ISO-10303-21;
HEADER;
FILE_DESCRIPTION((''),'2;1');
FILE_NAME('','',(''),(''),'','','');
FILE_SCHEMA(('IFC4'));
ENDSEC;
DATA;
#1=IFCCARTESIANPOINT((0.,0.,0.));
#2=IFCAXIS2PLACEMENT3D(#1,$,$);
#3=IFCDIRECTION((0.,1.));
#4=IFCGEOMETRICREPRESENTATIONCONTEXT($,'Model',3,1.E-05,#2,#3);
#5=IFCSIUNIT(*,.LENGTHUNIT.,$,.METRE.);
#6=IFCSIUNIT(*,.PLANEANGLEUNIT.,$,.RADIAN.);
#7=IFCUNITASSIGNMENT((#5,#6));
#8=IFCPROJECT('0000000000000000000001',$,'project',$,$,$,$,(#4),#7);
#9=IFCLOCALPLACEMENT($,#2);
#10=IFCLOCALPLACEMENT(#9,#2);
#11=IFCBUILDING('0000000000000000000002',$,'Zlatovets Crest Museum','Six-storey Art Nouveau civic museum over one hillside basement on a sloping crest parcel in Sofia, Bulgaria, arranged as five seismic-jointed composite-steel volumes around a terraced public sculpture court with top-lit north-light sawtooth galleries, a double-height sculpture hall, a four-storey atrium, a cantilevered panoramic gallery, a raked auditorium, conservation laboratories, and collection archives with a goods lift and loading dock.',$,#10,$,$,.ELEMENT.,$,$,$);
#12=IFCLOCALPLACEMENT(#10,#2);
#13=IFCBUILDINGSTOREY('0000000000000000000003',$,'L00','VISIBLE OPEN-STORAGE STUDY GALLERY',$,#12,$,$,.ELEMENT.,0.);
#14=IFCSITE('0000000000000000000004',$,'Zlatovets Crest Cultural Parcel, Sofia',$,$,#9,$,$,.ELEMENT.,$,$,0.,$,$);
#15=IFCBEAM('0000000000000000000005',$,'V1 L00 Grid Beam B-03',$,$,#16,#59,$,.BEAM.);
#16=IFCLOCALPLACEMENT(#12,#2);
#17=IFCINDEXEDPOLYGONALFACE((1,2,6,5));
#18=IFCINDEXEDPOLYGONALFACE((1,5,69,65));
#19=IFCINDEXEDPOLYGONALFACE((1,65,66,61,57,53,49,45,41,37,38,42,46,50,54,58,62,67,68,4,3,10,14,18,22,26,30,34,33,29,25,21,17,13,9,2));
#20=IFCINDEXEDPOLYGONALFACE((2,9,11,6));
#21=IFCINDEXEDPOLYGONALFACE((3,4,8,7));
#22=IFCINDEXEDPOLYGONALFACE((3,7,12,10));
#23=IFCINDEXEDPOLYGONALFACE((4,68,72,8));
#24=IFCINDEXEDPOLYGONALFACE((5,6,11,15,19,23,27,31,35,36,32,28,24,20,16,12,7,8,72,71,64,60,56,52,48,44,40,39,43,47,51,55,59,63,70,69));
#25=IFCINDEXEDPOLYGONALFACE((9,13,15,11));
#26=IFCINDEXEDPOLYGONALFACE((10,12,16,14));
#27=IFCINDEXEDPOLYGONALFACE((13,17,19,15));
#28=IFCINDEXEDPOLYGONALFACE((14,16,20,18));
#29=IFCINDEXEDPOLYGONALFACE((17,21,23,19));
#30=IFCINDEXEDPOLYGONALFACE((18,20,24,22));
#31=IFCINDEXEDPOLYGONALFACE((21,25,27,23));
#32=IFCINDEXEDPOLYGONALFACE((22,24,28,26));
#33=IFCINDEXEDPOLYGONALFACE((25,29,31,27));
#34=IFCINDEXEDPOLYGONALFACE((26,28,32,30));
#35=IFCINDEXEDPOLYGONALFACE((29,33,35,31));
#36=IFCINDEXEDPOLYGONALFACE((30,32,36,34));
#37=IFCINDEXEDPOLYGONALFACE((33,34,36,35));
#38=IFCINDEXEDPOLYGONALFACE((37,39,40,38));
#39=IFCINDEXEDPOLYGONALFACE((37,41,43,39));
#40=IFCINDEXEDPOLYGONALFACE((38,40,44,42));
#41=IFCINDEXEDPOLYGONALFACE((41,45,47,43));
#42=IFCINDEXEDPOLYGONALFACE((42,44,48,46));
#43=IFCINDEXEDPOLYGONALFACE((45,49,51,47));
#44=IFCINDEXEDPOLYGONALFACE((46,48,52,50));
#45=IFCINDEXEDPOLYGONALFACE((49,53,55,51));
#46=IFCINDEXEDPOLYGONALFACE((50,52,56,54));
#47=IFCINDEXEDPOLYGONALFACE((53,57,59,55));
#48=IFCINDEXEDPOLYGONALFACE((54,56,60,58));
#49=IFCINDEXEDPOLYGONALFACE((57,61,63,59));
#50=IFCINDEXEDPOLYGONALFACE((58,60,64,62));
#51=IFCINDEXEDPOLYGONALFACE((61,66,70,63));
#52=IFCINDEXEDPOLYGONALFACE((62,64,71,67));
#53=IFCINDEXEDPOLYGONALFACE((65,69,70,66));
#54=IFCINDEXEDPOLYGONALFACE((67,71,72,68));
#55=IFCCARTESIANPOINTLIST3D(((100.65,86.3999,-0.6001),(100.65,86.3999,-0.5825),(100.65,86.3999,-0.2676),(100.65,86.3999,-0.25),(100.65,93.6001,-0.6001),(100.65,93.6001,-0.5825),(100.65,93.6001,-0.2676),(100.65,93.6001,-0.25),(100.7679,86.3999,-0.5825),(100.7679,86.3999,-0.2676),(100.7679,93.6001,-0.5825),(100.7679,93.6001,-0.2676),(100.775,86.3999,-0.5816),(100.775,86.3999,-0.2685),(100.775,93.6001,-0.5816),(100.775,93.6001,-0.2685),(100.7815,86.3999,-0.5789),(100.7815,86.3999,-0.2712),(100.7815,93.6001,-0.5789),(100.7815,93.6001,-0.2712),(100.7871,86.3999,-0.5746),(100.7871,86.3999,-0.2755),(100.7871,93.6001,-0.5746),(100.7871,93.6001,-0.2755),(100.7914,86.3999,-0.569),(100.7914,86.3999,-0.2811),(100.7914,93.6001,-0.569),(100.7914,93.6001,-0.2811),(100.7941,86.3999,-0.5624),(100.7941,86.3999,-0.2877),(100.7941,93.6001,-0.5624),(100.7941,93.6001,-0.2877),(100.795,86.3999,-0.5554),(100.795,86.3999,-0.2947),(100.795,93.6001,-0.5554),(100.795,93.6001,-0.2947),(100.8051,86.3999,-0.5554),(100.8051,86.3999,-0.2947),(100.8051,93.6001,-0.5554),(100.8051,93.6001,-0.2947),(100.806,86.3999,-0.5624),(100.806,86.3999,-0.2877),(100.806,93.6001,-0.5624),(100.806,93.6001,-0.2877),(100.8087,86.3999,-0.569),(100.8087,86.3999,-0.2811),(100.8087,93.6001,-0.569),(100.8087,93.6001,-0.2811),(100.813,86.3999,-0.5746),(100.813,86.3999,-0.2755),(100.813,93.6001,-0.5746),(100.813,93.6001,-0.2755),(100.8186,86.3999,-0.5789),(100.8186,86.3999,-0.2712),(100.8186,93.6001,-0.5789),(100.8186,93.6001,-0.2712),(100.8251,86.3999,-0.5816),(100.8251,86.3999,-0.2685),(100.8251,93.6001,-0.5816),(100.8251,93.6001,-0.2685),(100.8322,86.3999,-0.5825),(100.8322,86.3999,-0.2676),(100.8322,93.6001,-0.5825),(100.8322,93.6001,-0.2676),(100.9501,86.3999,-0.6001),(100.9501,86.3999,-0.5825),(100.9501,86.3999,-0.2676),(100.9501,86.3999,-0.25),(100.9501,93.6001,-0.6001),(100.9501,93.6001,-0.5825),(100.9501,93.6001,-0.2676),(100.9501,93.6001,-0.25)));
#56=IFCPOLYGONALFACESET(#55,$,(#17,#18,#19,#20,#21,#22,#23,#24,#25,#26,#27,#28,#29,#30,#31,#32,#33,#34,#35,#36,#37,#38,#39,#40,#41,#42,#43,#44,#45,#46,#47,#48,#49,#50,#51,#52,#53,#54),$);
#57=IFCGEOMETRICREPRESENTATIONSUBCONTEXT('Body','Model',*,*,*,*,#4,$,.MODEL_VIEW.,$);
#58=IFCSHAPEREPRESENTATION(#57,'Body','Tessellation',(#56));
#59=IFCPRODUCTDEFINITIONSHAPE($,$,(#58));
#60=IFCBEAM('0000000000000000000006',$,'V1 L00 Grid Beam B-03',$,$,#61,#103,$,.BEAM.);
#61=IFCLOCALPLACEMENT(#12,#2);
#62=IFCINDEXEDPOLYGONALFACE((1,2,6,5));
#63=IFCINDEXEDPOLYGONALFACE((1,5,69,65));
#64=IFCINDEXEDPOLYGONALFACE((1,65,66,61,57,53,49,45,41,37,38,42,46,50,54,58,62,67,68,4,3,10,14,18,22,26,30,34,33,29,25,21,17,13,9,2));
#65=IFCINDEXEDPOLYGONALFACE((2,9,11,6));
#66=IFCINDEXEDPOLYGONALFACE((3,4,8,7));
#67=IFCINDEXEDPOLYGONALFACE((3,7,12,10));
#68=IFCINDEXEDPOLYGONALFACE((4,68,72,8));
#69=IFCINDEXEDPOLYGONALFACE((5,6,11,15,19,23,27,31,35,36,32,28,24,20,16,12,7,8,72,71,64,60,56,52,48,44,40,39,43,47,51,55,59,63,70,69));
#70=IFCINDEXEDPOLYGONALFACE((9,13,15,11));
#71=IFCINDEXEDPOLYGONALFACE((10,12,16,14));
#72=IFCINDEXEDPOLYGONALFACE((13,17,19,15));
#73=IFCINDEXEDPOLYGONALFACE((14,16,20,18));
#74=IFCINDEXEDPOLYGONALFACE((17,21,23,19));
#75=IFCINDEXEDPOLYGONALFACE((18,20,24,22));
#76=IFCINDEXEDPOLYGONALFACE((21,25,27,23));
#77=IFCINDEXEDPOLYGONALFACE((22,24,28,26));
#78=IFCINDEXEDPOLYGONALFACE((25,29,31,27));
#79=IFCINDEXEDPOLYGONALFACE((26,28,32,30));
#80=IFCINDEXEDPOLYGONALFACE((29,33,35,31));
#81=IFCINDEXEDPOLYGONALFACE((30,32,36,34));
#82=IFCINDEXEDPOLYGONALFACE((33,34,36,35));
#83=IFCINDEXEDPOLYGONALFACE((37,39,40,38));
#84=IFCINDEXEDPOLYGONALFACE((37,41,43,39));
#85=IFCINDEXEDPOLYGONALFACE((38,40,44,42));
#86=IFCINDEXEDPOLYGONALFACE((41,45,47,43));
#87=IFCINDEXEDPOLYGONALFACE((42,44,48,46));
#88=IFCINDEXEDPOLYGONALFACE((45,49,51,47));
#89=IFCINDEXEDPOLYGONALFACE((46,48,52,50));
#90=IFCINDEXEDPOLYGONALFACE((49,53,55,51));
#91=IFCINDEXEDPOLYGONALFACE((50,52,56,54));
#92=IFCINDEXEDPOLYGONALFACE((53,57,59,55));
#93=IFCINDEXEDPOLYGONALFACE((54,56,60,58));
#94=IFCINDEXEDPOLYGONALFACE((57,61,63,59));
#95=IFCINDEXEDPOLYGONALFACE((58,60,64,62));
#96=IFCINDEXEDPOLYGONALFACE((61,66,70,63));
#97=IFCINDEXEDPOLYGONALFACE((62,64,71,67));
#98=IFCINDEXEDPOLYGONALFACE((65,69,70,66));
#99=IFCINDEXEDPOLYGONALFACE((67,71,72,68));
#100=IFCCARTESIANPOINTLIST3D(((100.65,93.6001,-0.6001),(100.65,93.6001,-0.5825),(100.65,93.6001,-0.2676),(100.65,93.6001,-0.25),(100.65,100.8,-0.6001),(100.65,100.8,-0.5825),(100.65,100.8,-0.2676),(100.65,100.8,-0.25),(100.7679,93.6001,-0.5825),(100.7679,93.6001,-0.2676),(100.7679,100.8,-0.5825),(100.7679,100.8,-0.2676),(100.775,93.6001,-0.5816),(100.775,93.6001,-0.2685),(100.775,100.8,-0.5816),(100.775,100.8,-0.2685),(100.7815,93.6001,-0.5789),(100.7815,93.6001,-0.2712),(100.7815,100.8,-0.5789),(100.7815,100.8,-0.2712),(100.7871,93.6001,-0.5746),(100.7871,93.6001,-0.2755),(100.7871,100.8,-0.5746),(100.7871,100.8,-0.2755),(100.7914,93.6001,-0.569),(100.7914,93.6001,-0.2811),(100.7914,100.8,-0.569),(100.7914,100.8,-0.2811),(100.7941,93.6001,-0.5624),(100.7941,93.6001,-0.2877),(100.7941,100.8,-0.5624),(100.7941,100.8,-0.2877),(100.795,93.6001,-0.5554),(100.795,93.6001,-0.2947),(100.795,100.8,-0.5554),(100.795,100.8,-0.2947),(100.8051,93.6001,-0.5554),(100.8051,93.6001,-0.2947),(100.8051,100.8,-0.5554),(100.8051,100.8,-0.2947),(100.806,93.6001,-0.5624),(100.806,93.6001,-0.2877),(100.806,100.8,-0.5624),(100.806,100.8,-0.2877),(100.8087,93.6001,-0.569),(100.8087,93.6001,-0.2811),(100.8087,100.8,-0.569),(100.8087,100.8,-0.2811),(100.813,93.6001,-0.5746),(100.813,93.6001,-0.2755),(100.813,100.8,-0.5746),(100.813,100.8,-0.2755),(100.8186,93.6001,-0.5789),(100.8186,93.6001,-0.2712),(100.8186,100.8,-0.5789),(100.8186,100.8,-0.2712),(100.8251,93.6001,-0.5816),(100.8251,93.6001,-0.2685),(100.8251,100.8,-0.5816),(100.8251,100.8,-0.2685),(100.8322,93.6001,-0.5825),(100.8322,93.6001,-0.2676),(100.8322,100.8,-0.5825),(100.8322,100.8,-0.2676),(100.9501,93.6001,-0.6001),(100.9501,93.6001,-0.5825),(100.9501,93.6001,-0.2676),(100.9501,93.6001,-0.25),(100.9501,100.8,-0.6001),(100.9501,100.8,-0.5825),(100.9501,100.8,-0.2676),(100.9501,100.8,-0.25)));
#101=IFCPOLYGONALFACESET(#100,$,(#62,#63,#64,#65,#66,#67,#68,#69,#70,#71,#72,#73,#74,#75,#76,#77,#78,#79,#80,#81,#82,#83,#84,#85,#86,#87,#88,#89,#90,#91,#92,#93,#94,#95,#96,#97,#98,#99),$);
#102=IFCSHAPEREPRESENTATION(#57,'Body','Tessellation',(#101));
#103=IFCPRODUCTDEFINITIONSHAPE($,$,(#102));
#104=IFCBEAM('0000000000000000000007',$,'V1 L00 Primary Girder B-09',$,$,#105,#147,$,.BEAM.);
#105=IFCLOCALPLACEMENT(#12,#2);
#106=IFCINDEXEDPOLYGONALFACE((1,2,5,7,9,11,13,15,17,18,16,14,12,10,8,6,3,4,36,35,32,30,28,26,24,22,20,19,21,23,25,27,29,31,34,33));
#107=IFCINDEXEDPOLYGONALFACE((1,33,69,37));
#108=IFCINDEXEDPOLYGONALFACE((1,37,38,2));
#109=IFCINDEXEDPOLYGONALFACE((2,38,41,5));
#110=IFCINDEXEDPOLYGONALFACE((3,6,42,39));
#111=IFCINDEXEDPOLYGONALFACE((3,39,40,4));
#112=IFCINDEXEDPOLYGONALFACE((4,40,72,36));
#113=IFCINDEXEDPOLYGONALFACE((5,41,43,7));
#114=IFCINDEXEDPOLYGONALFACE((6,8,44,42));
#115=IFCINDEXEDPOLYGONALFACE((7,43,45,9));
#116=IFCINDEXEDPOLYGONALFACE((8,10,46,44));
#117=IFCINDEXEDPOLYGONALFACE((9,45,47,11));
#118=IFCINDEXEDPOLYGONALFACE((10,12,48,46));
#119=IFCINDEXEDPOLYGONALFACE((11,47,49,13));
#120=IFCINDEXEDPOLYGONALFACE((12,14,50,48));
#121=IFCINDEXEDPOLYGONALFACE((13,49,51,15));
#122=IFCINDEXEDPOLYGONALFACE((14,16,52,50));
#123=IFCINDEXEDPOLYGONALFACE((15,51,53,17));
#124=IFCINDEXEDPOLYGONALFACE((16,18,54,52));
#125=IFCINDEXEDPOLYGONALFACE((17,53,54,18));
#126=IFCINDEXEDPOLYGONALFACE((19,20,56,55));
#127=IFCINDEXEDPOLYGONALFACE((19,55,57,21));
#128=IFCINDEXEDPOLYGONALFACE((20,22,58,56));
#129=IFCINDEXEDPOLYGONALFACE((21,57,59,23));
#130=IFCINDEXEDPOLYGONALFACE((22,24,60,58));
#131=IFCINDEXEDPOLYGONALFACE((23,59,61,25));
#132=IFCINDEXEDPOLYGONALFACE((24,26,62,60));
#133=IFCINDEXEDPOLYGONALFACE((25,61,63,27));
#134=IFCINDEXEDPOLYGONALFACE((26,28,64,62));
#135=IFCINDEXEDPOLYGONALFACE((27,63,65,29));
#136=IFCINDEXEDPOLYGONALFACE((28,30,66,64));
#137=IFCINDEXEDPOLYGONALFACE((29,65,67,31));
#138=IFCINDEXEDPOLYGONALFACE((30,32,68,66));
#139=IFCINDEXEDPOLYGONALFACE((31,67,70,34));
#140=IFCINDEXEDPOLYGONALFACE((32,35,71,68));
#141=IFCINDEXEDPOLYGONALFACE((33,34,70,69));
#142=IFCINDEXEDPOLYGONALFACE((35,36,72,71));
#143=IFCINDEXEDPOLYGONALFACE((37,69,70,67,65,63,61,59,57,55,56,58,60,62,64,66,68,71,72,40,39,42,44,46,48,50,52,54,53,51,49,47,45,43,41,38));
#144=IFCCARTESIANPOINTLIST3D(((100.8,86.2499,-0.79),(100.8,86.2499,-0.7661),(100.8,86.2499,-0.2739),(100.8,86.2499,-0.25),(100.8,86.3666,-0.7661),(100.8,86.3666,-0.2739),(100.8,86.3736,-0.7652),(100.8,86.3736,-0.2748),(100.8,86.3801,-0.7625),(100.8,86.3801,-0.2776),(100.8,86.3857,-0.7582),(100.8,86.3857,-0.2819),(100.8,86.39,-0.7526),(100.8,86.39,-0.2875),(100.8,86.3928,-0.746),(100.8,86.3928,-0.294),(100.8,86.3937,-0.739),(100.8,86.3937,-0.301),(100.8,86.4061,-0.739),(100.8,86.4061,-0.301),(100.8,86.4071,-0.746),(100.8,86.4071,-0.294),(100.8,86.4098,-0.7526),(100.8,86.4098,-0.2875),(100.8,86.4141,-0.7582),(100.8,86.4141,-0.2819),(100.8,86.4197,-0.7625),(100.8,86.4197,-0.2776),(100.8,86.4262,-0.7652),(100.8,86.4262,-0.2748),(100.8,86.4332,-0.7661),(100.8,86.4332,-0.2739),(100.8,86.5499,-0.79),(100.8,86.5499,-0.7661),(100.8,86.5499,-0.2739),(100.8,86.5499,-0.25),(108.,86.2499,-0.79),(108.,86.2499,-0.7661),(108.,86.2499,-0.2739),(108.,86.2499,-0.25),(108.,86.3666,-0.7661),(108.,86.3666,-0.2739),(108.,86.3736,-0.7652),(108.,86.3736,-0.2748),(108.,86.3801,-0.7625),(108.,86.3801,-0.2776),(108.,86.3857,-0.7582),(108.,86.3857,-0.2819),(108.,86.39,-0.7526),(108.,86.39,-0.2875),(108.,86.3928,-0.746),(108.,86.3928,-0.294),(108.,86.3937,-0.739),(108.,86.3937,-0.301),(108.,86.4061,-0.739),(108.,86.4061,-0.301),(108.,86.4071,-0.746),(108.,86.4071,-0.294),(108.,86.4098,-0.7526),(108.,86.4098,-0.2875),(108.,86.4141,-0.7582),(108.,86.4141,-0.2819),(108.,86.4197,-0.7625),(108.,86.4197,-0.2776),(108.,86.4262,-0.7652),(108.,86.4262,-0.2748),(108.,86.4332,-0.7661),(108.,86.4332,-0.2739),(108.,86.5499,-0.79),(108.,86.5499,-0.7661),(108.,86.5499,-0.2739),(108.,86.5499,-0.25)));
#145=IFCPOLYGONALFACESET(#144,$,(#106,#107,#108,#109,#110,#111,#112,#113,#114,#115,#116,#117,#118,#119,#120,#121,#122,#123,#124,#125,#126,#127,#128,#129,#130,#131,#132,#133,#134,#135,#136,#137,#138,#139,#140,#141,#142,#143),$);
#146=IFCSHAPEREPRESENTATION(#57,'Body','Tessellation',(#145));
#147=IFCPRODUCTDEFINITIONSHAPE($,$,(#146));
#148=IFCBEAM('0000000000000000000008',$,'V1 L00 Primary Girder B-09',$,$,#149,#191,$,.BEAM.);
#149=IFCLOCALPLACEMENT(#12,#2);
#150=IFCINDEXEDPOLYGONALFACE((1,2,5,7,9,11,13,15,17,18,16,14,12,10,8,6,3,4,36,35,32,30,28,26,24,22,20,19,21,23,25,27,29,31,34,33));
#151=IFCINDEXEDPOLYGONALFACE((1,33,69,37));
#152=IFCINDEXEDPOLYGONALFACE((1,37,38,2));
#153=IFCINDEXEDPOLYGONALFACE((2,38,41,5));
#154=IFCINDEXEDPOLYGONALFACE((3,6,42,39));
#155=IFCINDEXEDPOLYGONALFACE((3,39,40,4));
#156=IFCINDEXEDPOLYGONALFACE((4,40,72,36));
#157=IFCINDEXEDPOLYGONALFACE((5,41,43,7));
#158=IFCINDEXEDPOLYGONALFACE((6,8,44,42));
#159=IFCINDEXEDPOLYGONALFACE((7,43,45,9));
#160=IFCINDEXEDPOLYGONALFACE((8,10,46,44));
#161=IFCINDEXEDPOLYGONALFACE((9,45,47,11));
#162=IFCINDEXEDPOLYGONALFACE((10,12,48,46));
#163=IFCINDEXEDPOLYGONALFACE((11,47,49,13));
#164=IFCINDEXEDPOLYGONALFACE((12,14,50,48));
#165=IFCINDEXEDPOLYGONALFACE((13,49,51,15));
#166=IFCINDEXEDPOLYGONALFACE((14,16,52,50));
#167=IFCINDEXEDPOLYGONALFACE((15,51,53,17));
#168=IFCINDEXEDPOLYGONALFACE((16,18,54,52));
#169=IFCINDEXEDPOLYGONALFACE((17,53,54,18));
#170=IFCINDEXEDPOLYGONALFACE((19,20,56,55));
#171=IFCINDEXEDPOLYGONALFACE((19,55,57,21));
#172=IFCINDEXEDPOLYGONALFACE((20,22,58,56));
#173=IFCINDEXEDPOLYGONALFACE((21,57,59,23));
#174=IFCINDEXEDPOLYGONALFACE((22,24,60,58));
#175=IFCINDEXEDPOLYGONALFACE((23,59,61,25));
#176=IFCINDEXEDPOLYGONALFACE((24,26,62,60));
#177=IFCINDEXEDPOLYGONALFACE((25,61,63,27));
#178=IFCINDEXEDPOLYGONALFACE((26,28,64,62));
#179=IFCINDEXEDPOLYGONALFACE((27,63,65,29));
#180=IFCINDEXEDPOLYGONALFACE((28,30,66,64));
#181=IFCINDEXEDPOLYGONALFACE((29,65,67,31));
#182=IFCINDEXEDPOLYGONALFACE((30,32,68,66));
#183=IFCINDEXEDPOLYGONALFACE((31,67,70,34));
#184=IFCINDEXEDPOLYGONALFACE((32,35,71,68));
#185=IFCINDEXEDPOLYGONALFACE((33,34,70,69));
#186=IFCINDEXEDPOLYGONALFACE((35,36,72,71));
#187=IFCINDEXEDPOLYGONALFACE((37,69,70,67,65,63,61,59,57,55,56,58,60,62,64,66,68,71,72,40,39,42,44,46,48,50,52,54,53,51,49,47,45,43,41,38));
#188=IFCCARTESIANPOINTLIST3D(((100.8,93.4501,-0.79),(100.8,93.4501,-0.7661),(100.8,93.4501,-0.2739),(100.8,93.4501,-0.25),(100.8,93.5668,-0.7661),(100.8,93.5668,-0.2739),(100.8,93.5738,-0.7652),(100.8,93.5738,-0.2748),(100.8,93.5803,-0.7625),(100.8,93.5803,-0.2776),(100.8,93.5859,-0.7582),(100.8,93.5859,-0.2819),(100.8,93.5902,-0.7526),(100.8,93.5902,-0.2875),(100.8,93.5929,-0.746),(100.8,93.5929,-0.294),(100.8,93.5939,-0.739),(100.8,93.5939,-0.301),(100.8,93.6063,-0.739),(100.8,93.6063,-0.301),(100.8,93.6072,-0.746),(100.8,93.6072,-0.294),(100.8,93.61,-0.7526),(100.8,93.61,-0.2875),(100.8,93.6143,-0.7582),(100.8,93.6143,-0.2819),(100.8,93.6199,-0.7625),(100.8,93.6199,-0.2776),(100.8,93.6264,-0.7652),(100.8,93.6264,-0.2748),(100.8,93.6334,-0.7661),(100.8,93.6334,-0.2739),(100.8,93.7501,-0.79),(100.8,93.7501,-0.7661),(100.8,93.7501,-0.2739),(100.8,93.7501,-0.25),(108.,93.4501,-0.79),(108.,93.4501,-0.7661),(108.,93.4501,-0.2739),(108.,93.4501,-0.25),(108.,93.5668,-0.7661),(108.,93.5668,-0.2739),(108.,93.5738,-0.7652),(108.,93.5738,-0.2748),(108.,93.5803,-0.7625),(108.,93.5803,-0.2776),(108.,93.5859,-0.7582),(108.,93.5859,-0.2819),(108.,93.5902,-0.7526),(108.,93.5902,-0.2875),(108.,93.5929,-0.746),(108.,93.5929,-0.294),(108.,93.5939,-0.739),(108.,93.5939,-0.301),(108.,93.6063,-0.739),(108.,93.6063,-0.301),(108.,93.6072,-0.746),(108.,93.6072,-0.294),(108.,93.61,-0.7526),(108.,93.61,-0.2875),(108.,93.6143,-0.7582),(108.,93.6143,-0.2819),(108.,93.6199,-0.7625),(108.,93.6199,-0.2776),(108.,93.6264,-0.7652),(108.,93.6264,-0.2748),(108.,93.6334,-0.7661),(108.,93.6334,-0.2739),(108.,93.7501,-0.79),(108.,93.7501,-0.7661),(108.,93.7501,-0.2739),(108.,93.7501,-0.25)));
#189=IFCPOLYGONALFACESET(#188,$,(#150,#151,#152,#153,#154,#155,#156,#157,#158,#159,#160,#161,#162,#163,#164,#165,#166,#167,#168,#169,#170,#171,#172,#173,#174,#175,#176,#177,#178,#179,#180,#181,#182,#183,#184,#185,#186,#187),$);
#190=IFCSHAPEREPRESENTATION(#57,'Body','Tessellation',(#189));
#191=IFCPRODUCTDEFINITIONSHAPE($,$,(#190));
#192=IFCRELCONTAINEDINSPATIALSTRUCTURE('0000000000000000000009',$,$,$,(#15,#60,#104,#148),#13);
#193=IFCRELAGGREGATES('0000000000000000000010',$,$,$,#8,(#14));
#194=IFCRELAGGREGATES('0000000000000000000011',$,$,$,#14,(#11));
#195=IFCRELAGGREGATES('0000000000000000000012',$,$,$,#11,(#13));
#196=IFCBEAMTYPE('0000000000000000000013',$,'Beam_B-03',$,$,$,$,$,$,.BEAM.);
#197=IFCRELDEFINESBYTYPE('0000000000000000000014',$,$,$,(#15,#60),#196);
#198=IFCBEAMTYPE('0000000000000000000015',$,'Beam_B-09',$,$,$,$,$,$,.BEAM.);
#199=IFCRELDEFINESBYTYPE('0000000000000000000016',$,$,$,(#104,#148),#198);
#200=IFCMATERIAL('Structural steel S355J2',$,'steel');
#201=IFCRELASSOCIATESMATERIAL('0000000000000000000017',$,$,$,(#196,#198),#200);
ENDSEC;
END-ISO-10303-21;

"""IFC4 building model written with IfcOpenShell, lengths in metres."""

from ifc_helpers import new_model, si_unit, direction, frame, origin, origin_2d, place, context, subcontext, project, spatial, i_section, extrude, material, material_profile, profile_set, type_object, element, save


model = new_model("IFC4")

# Units and contexts
model_context = context("Model", 3, precision=1e-05, world=origin(), true_north=direction((0.0, 1.0)))
body_context = subcontext(model_context, "Body", "Model", "MODEL_VIEW")
ifc_project = project(units=[si_unit("LENGTHUNIT", "METRE"), si_unit("PLANEANGLEUNIT", "RADIAN")], contexts=[model_context])

# Site, building, storey
site_placement = place(None, origin())
site = spatial("IfcSite", under=ifc_project, at=site_placement, Name="Zlatovets Crest Cultural Parcel, Sofia", CompositionType="ELEMENT", RefElevation=0.0)
building_placement = place(site_placement, origin())
building = spatial("IfcBuilding", under=site, at=building_placement, Name="Zlatovets Crest Museum", Description="Six-storey Art Nouveau civic museum over one hillside basement on a sloping crest parcel in Sofia, Bulgaria, arranged as five seismic-jointed composite-steel volumes around a terraced public sculpture court with top-lit north-light sawtooth galleries, a double-height sculpture hall, a four-storey atrium, a cantilevered panoramic gallery, a raked auditorium, conservation laboratories, and collection archives with a goods lift and loading dock.", CompositionType="ELEMENT")
storey_placement = place(building_placement, origin())
storey = spatial("IfcBuildingStorey", under=building, at=storey_placement, Name="L00", Description="VISIBLE OPEN-STORAGE STUDY GALLERY", CompositionType="ELEMENT", Elevation=0.0)

# Shared definitions
ifc_material_1 = material(Name="Structural steel S355J2", Category="steel")

# Beams
ifc_material_profile_1 = material_profile(ifc_material_1, i_section(OverallWidth=0.3, OverallDepth=0.3501, WebThickness=0.01, FlangeThickness=0.0176, FilletRadius=0.0271, at=origin_2d()), Name="HEA 360")
ifc_profile_set_1 = profile_set([ifc_material_profile_1], Name="Structural steel S355J2")
beam_type_1 = type_object("IfcBeamType", Name="Beam_B-03", PredefinedType="BEAM", material=ifc_profile_set_1)
beam_1_placement = place(storey_placement, frame((100.8, 86.3999, -0.425), z_axis=(0.0, 1.0, 0.0), x_axis=(-1.0, 0.0, 0.0)))
element("IfcBeam", 1, at=beam_1_placement, inside=storey, type_object=beam_type_1, Name="V1 L00 Grid Beam B-03", PredefinedType="BEAM", context=body_context, shape_type="SweptSolid", body=[
    extrude(i_section(OverallWidth=0.3, OverallDepth=0.3501, WebThickness=0.01, FlangeThickness=0.0176, FilletRadius=0.0271, at=origin_2d()), origin(), (0.0, 0.0, 1.0), 7.2002),
])
beam_2_placement = place(storey_placement, frame((100.8, 93.6001, -0.425), z_axis=(0.0, 1.0, 0.0), x_axis=(-1.0, 0.0, 0.0)))
element("IfcBeam", 2, at=beam_2_placement, inside=storey, type_object=beam_type_1, Name="V1 L00 Grid Beam B-03", PredefinedType="BEAM", context=body_context, shape_type="SweptSolid", body=[
    extrude(i_section(OverallWidth=0.3, OverallDepth=0.3501, WebThickness=0.01, FlangeThickness=0.0176, FilletRadius=0.0271, at=origin_2d()), origin(), (0.0, 0.0, 1.0), 7.2),
])
ifc_material_profile_2 = material_profile(ifc_material_1, i_section(OverallWidth=0.3, OverallDepth=0.54, WebThickness=0.0125, FlangeThickness=0.0239, FilletRadius=0.0271, at=origin_2d()), Name="HEA 550")
ifc_profile_set_2 = profile_set([ifc_material_profile_2], Name="Structural steel S355J2")
beam_type_2 = type_object("IfcBeamType", Name="Beam_B-09", PredefinedType="BEAM", material=ifc_profile_set_2)
for number, where, z_axis, x_axis, name in (
    (3, (100.8, 86.3999, -0.52), (1.0, 0.0, 0.0), (0.0, 1.0, 0.0), "V1 L00 Primary Girder B-09"),
    (4, (100.8, 93.6001, -0.52), (1.0, 0.0, 0.0), (0.0, 1.0, 0.0), "V1 L00 Primary Girder B-09"),
):
    element("IfcBeam", number, at=place(storey_placement, frame(where, z_axis=z_axis, x_axis=x_axis)), inside=storey, type_object=beam_type_2, Name=name, PredefinedType="BEAM", context=body_context, shape_type="SweptSolid", body=[
        extrude(i_section(OverallWidth=0.3, OverallDepth=0.54, WebThickness=0.0125, FlangeThickness=0.0239, FilletRadius=0.0271, at=origin_2d()), origin(), (0.0, 0.0, 1.0), 7.2),
    ])

save(model, "model.ifc")
